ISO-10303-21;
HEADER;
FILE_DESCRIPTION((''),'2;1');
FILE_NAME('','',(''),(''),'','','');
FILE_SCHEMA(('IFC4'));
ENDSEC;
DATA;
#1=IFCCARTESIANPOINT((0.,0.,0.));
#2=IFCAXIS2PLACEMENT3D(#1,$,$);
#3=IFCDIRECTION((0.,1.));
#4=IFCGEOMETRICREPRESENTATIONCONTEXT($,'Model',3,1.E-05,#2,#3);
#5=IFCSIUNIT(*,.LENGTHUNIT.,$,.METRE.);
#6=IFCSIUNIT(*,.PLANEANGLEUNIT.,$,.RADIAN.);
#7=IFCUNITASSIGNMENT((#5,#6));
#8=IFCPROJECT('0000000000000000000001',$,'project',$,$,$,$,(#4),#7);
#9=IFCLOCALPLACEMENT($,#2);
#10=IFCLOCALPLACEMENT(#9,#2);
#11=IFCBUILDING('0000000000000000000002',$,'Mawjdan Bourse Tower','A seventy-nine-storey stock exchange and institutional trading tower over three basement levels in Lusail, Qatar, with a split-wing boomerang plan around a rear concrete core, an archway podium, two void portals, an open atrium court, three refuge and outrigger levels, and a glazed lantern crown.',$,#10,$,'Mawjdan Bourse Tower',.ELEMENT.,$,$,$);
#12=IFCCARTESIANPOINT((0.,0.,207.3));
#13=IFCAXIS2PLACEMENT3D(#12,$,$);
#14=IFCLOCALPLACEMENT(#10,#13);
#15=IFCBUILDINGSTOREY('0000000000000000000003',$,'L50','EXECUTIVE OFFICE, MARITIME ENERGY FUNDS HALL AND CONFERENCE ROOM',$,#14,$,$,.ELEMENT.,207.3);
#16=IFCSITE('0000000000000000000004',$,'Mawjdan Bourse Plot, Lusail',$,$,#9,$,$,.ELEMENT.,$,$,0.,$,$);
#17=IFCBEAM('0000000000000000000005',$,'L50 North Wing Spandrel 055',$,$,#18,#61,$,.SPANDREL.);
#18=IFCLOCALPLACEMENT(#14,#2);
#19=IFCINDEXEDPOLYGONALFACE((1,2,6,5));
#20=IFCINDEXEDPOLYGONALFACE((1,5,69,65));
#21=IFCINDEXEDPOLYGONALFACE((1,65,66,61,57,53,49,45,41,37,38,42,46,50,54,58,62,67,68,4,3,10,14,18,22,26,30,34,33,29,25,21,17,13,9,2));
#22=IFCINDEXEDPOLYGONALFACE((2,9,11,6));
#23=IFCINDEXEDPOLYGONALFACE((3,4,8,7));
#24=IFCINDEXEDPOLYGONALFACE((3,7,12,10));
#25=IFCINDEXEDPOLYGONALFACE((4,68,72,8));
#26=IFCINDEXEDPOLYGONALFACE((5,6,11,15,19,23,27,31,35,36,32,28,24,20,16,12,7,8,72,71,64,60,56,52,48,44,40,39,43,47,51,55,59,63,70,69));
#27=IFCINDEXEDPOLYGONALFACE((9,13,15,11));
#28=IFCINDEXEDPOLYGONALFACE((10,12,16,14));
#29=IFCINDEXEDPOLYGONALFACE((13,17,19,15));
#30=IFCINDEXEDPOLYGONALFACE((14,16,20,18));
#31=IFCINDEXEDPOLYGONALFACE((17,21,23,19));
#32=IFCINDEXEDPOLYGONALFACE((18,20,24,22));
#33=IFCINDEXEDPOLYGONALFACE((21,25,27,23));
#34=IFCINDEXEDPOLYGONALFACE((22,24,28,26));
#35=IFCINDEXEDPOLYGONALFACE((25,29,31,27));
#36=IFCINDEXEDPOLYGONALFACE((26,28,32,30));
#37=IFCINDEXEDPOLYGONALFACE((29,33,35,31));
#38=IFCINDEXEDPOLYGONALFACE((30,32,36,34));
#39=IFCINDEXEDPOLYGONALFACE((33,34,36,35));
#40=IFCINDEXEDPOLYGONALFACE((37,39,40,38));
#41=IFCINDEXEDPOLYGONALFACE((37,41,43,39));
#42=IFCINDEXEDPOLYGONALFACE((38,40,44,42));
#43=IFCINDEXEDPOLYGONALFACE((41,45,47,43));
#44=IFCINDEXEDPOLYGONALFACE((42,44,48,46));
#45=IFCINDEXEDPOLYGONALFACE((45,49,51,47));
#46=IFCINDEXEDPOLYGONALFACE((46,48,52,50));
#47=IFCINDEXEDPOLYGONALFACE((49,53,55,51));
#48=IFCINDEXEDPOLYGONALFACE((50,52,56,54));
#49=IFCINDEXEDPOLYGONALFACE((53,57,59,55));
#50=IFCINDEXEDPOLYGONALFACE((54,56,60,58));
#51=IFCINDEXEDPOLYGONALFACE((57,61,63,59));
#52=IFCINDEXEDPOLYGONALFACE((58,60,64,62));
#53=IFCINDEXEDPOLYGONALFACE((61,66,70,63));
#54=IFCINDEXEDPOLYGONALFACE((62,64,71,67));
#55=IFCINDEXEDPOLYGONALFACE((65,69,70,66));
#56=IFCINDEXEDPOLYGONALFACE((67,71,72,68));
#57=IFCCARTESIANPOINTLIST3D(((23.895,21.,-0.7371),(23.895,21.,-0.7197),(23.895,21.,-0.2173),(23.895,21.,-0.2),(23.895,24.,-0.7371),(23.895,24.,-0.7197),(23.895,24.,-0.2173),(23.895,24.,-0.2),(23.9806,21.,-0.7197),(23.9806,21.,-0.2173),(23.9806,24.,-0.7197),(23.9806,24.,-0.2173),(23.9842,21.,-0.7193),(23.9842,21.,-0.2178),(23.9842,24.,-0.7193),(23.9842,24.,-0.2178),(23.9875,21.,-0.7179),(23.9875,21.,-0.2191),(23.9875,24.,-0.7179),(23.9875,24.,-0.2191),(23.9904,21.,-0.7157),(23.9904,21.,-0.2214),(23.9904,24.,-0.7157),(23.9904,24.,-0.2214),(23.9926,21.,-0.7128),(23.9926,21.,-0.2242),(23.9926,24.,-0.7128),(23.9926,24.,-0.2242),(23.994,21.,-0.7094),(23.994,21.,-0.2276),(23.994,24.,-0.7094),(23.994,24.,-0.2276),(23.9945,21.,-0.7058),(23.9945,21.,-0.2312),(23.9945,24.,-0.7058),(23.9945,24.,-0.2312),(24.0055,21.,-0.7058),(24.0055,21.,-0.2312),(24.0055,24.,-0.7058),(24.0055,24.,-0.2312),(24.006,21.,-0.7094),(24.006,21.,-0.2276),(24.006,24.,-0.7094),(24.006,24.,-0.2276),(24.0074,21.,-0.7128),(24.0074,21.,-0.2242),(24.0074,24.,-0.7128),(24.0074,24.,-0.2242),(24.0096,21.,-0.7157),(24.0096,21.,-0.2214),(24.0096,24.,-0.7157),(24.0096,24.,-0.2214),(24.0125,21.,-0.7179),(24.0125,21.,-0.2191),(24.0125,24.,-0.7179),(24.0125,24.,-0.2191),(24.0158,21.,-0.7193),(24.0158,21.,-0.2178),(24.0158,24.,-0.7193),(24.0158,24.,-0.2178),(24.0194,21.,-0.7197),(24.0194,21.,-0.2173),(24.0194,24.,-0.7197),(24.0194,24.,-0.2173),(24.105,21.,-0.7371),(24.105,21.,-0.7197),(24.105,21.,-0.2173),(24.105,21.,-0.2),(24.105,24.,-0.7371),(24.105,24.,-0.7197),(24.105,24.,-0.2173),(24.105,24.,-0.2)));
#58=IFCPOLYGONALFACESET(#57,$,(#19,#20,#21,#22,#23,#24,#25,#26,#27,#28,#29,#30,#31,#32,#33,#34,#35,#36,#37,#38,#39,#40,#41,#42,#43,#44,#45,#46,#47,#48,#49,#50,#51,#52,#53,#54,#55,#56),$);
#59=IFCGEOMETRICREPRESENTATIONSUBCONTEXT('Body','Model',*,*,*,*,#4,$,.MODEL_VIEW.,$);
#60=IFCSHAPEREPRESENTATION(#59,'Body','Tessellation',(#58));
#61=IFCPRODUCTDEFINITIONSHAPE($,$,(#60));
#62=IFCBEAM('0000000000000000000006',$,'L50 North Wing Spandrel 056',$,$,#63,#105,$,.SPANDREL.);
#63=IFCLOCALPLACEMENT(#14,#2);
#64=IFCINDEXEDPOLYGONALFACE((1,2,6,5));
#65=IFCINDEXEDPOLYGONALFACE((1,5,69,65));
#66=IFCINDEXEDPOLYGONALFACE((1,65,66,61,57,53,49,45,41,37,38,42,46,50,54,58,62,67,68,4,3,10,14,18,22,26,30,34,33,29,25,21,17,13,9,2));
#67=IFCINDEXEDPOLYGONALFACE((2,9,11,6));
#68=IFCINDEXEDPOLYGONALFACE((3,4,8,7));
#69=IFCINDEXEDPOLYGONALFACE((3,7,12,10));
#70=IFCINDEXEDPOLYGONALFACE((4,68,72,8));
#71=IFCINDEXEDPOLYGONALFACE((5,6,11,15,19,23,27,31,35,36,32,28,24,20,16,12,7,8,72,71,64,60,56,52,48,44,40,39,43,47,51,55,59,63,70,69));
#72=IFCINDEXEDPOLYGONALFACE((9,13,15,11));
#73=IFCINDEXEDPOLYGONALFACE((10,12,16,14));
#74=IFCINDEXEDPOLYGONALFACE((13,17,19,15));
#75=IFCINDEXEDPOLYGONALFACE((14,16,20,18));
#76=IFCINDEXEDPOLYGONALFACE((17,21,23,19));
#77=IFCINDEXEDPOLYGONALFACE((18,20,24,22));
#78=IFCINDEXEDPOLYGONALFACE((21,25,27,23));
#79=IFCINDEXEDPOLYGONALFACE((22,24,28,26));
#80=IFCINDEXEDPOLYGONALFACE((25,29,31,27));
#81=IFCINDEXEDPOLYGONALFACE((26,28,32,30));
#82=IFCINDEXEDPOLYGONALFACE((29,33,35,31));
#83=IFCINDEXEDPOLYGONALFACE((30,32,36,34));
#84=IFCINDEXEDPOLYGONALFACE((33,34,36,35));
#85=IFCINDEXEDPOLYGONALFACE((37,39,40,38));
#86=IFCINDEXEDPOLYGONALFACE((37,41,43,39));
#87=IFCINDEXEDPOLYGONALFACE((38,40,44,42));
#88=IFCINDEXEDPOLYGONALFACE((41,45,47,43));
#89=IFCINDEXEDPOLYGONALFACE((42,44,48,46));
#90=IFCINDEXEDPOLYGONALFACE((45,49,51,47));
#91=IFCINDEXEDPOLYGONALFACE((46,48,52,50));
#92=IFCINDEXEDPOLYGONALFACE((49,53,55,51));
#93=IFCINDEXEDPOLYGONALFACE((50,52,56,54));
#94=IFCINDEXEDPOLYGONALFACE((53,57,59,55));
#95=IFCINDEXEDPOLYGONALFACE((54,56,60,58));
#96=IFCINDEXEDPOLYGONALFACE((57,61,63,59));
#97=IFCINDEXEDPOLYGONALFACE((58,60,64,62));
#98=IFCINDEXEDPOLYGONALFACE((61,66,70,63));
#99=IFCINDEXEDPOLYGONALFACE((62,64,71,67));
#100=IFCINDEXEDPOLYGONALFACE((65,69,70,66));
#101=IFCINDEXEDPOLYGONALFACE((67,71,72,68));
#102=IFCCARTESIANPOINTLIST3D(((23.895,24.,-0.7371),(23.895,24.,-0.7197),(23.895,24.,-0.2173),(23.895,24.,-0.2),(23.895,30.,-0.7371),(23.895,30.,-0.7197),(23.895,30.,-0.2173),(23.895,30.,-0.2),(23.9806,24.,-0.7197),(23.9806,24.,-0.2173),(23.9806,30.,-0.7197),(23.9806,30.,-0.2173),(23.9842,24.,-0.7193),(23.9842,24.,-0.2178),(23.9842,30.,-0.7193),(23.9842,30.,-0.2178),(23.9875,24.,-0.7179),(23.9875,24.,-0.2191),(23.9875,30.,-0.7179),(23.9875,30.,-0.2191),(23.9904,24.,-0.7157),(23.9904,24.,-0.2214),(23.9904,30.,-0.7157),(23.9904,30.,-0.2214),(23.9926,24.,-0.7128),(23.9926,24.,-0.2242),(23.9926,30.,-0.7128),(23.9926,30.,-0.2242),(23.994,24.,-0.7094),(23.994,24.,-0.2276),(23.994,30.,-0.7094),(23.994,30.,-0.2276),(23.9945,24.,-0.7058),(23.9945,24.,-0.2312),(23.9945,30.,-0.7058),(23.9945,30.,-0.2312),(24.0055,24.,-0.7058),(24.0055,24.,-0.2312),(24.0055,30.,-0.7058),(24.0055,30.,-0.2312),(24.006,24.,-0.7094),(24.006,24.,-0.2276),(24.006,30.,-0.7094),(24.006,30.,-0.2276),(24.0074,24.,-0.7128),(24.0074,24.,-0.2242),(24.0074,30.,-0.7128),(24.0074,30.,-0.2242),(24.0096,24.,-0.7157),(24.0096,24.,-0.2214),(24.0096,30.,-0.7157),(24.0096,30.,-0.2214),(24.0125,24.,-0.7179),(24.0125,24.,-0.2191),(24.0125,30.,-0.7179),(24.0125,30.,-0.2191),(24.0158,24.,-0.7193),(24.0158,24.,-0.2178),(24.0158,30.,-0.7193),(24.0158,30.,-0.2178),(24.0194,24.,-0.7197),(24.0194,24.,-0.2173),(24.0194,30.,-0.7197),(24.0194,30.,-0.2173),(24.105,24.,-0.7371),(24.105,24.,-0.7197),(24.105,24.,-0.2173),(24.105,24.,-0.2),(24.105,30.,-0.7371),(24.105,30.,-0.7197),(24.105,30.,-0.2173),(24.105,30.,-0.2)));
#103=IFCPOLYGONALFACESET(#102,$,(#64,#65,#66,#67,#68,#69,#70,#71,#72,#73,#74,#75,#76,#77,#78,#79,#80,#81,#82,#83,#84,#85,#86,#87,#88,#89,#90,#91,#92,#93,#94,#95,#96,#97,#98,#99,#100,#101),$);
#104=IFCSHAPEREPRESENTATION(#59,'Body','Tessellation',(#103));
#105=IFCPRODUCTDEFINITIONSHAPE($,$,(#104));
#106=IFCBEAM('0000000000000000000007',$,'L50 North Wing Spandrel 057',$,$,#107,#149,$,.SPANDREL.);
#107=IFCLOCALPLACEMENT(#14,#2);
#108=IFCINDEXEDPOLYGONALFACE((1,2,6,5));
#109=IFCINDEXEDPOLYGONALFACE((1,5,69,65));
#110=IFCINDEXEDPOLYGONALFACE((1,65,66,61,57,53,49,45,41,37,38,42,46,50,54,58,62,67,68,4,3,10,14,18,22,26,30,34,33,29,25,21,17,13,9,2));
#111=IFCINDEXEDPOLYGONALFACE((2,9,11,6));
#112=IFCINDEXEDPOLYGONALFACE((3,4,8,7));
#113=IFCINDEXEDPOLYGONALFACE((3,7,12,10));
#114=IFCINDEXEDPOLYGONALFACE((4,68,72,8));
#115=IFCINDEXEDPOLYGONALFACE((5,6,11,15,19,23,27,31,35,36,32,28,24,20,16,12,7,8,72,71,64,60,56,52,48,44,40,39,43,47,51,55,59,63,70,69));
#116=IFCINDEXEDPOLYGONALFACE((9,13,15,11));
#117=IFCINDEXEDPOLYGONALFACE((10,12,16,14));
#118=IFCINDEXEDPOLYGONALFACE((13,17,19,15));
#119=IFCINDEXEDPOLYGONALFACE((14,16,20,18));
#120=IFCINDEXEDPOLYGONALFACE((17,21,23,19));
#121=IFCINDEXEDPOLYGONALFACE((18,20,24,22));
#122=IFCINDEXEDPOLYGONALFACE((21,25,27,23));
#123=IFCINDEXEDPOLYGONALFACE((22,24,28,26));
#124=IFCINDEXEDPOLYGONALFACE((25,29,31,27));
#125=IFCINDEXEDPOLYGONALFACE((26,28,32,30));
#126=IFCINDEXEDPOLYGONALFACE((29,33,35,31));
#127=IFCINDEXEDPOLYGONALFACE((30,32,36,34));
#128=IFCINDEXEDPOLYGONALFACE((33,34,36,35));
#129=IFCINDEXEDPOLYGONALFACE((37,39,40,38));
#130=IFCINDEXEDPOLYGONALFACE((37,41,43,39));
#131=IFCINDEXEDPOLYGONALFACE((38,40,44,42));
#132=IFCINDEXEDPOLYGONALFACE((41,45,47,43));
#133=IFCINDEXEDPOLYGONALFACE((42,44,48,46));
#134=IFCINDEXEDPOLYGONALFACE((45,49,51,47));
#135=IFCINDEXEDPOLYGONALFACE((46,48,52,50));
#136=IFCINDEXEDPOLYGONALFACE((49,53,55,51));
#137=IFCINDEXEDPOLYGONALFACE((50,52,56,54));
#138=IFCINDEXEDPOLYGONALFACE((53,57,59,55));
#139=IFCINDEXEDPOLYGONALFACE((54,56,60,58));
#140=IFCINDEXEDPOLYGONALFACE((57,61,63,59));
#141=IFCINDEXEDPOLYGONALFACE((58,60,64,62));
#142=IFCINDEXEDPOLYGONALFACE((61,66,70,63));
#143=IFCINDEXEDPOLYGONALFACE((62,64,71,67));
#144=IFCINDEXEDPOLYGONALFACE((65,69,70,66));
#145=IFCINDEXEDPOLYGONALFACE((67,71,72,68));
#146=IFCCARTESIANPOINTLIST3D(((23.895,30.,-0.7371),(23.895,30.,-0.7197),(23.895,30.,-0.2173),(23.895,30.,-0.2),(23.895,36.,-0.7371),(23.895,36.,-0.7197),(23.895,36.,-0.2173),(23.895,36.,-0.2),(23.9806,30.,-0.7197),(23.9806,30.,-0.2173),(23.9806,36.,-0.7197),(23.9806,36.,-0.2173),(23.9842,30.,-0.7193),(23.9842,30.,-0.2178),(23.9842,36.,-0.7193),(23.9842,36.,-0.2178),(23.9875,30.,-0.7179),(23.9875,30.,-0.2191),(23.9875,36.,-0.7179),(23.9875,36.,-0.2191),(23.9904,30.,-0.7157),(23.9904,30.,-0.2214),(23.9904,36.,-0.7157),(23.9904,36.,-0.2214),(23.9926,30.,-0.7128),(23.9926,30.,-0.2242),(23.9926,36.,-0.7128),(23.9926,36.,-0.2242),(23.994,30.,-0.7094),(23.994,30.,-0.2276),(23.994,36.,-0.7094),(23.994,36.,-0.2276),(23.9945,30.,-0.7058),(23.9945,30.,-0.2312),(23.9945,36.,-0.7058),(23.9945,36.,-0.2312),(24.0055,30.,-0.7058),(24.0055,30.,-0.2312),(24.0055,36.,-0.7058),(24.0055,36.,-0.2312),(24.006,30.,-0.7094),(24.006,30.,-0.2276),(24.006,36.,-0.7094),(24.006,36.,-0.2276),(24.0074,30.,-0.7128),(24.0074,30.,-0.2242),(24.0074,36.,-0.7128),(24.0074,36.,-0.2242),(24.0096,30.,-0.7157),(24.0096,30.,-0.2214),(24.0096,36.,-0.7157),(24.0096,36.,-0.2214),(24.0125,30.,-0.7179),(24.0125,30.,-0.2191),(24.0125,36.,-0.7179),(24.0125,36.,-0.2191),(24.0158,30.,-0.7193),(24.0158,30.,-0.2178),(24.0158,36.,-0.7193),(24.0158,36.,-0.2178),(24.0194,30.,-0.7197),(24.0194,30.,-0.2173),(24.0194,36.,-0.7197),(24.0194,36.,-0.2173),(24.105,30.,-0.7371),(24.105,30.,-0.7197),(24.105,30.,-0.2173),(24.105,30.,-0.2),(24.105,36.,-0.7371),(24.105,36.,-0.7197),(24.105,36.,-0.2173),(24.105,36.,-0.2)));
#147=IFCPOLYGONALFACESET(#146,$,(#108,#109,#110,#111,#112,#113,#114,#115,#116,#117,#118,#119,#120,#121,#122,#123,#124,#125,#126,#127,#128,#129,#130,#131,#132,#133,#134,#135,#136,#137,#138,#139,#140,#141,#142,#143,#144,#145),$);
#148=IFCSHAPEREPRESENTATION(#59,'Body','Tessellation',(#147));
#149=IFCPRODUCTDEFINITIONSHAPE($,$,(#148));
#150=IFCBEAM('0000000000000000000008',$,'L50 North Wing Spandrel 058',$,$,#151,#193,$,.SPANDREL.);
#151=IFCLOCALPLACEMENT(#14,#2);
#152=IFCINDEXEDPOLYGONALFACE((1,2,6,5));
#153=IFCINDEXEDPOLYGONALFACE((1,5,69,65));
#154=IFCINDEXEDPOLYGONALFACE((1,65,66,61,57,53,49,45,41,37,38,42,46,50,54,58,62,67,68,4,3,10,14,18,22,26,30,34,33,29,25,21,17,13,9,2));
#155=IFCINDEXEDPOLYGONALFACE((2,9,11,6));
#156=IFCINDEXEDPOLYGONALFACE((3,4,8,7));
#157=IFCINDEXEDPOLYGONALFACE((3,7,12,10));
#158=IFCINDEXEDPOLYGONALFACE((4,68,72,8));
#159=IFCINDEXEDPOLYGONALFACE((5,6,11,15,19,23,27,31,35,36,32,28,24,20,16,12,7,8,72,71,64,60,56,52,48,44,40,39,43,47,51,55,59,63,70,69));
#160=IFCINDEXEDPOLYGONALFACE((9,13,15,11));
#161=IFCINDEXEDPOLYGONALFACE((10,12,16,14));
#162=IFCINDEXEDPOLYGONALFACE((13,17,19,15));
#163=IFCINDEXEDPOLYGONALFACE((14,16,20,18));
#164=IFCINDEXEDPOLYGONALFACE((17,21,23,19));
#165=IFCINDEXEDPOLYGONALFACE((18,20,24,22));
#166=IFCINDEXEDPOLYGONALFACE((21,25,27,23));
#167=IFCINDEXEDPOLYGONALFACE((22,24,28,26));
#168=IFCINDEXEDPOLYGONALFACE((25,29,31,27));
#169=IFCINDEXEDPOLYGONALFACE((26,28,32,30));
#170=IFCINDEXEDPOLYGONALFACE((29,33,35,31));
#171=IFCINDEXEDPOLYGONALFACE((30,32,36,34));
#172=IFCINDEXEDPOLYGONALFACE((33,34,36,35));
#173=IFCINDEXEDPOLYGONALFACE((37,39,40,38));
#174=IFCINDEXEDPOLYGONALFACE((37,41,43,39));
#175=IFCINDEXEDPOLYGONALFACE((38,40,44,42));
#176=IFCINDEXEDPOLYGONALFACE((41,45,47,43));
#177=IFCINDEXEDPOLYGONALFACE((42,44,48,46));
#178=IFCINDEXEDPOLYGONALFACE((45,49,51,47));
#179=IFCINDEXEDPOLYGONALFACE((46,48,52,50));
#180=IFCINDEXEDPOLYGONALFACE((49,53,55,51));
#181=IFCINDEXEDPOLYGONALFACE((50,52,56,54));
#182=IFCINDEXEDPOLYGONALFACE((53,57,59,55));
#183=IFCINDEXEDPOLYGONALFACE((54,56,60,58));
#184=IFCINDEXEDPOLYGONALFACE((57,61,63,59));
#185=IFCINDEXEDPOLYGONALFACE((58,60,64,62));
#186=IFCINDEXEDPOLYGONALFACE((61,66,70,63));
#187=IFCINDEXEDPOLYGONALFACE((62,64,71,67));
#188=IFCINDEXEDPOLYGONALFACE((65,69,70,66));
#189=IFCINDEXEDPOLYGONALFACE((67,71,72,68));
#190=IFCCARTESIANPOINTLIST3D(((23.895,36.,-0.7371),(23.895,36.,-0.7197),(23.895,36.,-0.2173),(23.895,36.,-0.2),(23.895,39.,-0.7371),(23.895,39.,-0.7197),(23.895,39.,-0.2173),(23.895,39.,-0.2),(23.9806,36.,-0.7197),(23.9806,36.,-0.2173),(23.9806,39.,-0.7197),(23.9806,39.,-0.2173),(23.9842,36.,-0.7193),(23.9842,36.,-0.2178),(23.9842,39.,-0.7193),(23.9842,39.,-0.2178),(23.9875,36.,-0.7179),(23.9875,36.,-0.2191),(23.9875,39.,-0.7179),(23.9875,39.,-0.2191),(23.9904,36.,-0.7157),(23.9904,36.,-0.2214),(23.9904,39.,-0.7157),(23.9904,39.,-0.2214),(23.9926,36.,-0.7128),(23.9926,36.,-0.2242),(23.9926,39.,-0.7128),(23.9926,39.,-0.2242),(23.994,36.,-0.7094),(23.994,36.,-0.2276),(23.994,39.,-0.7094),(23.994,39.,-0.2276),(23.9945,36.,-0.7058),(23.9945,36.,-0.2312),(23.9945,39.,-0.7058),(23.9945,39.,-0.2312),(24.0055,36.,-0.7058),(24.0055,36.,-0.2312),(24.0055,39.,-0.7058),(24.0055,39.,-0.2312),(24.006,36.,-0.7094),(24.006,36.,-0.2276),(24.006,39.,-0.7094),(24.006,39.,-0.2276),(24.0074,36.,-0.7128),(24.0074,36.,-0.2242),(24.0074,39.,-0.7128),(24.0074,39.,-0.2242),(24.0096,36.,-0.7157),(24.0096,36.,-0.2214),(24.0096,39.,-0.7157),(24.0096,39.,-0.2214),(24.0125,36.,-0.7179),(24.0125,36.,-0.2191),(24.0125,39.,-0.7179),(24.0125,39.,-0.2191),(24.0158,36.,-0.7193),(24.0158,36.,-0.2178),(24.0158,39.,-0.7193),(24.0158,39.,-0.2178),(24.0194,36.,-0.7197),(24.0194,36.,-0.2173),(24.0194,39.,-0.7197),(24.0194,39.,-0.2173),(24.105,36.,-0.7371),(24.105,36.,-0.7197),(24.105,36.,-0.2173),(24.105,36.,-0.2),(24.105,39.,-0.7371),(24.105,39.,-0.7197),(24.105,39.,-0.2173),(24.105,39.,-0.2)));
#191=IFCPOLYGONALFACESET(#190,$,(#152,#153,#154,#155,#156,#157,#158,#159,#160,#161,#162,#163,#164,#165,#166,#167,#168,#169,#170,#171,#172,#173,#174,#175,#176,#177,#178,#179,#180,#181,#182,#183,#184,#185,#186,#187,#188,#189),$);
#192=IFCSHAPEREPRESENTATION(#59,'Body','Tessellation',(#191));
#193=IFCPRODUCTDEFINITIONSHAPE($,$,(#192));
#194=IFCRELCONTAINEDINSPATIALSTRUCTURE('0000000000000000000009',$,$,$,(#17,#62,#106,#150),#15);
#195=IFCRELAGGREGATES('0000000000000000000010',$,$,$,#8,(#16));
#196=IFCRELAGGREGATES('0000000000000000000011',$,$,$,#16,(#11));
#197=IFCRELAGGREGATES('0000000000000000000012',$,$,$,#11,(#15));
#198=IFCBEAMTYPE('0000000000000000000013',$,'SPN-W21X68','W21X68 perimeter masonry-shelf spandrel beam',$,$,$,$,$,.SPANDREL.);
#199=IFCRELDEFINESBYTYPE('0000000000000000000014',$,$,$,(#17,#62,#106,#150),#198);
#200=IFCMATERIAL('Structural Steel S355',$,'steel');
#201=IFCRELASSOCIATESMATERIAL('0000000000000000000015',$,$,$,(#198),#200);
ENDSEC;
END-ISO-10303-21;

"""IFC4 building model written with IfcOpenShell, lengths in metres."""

from ifc_helpers import new_model, si_unit, direction, frame, origin, origin_2d, place, context, subcontext, project, spatial, i_section, extrude, material, material_profile, profile_set, type_object, element, save


model = new_model("IFC4")

# Units and contexts
model_context = context("Model", 3, precision=1e-05, world=origin(), true_north=direction((0.0, 1.0)))
body_context = subcontext(model_context, "Body", "Model", "MODEL_VIEW")
ifc_project = project(units=[si_unit("LENGTHUNIT", "METRE"), si_unit("PLANEANGLEUNIT", "RADIAN")], contexts=[model_context])

# Site, building, storey
site_placement = place(None, origin())
site = spatial("IfcSite", under=ifc_project, at=site_placement, Name="Mawjdan Bourse Plot, Lusail", CompositionType="ELEMENT", RefElevation=0.0)
building_placement = place(site_placement, origin())
building = spatial("IfcBuilding", under=site, at=building_placement, Name="Mawjdan Bourse Tower", Description="A seventy-nine-storey stock exchange and institutional trading tower over three basement levels in Lusail, Qatar, with a split-wing boomerang plan around a rear concrete core, an archway podium, two void portals, an open atrium court, three refuge and outrigger levels, and a glazed lantern crown.", LongName="Mawjdan Bourse Tower", CompositionType="ELEMENT")
storey_placement = place(building_placement, frame((0.0, 0.0, 207.3)))
storey = spatial("IfcBuildingStorey", under=building, at=storey_placement, Name="L50", Description="EXECUTIVE OFFICE, MARITIME ENERGY FUNDS HALL AND CONFERENCE ROOM", CompositionType="ELEMENT", Elevation=207.3)

# Beams
ifc_material_1 = material(Name="Structural Steel S355", Category="steel")
ifc_material_profile_1 = material_profile(ifc_material_1, i_section(OverallWidth=0.21, OverallDepth=0.5371, WebThickness=0.011, FlangeThickness=0.0173, FilletRadius=0.0139, at=origin_2d()), Name="W21X68")
ifc_profile_set_1 = profile_set([ifc_material_profile_1], Name="Structural Steel S355")
beam_type_1 = type_object("IfcBeamType", Name="SPN-W21X68", Description="W21X68 perimeter masonry-shelf spandrel beam", PredefinedType="SPANDREL", material=ifc_profile_set_1)
beam_1_placement = place(storey_placement, frame((24.0, 21.0, -0.4685), z_axis=(0.0, 1.0, 0.0), x_axis=(-1.0, 0.0, 0.0)))
element("IfcBeam", 1, at=beam_1_placement, inside=storey, type_object=beam_type_1, Name="L50 North Wing Spandrel 055", PredefinedType="SPANDREL", context=body_context, shape_type="SweptSolid", body=[
    extrude(i_section(OverallWidth=0.21, OverallDepth=0.5371, WebThickness=0.011, FlangeThickness=0.0173, FilletRadius=0.0139, at=origin_2d()), origin(), (0.0, 0.0, 1.0), 3.0),
])
for number, where, z_axis, x_axis, name in (
    (2, (24.0, 24.0, -0.4685), (0.0, 1.0, 0.0), (-1.0, 0.0, 0.0), "L50 North Wing Spandrel 056"),
    (3, (24.0, 30.0, -0.4685), (0.0, 1.0, 0.0), (-1.0, 0.0, 0.0), "L50 North Wing Spandrel 057"),
):
    element("IfcBeam", number, at=place(storey_placement, frame(where, z_axis=z_axis, x_axis=x_axis)), inside=storey, type_object=beam_type_1, Name=name, PredefinedType="SPANDREL", context=body_context, shape_type="SweptSolid", body=[
        extrude(i_section(OverallWidth=0.21, OverallDepth=0.5371, WebThickness=0.011, FlangeThickness=0.0173, FilletRadius=0.0139, at=origin_2d()), origin(), (0.0, 0.0, 1.0), 6.0),
    ])
beam_2_placement = place(storey_placement, frame((24.0, 36.0, -0.4685), z_axis=(0.0, 1.0, 0.0), x_axis=(-1.0, 0.0, 0.0)))
element("IfcBeam", 4, at=beam_2_placement, inside=storey, type_object=beam_type_1, Name="L50 North Wing Spandrel 058", PredefinedType="SPANDREL", context=body_context, shape_type="SweptSolid", body=[
    extrude(i_section(OverallWidth=0.21, OverallDepth=0.5371, WebThickness=0.011, FlangeThickness=0.0173, FilletRadius=0.0139, at=origin_2d()), origin(), (0.0, 0.0, 1.0), 3.0),
])

save(model, "model.ifc")
